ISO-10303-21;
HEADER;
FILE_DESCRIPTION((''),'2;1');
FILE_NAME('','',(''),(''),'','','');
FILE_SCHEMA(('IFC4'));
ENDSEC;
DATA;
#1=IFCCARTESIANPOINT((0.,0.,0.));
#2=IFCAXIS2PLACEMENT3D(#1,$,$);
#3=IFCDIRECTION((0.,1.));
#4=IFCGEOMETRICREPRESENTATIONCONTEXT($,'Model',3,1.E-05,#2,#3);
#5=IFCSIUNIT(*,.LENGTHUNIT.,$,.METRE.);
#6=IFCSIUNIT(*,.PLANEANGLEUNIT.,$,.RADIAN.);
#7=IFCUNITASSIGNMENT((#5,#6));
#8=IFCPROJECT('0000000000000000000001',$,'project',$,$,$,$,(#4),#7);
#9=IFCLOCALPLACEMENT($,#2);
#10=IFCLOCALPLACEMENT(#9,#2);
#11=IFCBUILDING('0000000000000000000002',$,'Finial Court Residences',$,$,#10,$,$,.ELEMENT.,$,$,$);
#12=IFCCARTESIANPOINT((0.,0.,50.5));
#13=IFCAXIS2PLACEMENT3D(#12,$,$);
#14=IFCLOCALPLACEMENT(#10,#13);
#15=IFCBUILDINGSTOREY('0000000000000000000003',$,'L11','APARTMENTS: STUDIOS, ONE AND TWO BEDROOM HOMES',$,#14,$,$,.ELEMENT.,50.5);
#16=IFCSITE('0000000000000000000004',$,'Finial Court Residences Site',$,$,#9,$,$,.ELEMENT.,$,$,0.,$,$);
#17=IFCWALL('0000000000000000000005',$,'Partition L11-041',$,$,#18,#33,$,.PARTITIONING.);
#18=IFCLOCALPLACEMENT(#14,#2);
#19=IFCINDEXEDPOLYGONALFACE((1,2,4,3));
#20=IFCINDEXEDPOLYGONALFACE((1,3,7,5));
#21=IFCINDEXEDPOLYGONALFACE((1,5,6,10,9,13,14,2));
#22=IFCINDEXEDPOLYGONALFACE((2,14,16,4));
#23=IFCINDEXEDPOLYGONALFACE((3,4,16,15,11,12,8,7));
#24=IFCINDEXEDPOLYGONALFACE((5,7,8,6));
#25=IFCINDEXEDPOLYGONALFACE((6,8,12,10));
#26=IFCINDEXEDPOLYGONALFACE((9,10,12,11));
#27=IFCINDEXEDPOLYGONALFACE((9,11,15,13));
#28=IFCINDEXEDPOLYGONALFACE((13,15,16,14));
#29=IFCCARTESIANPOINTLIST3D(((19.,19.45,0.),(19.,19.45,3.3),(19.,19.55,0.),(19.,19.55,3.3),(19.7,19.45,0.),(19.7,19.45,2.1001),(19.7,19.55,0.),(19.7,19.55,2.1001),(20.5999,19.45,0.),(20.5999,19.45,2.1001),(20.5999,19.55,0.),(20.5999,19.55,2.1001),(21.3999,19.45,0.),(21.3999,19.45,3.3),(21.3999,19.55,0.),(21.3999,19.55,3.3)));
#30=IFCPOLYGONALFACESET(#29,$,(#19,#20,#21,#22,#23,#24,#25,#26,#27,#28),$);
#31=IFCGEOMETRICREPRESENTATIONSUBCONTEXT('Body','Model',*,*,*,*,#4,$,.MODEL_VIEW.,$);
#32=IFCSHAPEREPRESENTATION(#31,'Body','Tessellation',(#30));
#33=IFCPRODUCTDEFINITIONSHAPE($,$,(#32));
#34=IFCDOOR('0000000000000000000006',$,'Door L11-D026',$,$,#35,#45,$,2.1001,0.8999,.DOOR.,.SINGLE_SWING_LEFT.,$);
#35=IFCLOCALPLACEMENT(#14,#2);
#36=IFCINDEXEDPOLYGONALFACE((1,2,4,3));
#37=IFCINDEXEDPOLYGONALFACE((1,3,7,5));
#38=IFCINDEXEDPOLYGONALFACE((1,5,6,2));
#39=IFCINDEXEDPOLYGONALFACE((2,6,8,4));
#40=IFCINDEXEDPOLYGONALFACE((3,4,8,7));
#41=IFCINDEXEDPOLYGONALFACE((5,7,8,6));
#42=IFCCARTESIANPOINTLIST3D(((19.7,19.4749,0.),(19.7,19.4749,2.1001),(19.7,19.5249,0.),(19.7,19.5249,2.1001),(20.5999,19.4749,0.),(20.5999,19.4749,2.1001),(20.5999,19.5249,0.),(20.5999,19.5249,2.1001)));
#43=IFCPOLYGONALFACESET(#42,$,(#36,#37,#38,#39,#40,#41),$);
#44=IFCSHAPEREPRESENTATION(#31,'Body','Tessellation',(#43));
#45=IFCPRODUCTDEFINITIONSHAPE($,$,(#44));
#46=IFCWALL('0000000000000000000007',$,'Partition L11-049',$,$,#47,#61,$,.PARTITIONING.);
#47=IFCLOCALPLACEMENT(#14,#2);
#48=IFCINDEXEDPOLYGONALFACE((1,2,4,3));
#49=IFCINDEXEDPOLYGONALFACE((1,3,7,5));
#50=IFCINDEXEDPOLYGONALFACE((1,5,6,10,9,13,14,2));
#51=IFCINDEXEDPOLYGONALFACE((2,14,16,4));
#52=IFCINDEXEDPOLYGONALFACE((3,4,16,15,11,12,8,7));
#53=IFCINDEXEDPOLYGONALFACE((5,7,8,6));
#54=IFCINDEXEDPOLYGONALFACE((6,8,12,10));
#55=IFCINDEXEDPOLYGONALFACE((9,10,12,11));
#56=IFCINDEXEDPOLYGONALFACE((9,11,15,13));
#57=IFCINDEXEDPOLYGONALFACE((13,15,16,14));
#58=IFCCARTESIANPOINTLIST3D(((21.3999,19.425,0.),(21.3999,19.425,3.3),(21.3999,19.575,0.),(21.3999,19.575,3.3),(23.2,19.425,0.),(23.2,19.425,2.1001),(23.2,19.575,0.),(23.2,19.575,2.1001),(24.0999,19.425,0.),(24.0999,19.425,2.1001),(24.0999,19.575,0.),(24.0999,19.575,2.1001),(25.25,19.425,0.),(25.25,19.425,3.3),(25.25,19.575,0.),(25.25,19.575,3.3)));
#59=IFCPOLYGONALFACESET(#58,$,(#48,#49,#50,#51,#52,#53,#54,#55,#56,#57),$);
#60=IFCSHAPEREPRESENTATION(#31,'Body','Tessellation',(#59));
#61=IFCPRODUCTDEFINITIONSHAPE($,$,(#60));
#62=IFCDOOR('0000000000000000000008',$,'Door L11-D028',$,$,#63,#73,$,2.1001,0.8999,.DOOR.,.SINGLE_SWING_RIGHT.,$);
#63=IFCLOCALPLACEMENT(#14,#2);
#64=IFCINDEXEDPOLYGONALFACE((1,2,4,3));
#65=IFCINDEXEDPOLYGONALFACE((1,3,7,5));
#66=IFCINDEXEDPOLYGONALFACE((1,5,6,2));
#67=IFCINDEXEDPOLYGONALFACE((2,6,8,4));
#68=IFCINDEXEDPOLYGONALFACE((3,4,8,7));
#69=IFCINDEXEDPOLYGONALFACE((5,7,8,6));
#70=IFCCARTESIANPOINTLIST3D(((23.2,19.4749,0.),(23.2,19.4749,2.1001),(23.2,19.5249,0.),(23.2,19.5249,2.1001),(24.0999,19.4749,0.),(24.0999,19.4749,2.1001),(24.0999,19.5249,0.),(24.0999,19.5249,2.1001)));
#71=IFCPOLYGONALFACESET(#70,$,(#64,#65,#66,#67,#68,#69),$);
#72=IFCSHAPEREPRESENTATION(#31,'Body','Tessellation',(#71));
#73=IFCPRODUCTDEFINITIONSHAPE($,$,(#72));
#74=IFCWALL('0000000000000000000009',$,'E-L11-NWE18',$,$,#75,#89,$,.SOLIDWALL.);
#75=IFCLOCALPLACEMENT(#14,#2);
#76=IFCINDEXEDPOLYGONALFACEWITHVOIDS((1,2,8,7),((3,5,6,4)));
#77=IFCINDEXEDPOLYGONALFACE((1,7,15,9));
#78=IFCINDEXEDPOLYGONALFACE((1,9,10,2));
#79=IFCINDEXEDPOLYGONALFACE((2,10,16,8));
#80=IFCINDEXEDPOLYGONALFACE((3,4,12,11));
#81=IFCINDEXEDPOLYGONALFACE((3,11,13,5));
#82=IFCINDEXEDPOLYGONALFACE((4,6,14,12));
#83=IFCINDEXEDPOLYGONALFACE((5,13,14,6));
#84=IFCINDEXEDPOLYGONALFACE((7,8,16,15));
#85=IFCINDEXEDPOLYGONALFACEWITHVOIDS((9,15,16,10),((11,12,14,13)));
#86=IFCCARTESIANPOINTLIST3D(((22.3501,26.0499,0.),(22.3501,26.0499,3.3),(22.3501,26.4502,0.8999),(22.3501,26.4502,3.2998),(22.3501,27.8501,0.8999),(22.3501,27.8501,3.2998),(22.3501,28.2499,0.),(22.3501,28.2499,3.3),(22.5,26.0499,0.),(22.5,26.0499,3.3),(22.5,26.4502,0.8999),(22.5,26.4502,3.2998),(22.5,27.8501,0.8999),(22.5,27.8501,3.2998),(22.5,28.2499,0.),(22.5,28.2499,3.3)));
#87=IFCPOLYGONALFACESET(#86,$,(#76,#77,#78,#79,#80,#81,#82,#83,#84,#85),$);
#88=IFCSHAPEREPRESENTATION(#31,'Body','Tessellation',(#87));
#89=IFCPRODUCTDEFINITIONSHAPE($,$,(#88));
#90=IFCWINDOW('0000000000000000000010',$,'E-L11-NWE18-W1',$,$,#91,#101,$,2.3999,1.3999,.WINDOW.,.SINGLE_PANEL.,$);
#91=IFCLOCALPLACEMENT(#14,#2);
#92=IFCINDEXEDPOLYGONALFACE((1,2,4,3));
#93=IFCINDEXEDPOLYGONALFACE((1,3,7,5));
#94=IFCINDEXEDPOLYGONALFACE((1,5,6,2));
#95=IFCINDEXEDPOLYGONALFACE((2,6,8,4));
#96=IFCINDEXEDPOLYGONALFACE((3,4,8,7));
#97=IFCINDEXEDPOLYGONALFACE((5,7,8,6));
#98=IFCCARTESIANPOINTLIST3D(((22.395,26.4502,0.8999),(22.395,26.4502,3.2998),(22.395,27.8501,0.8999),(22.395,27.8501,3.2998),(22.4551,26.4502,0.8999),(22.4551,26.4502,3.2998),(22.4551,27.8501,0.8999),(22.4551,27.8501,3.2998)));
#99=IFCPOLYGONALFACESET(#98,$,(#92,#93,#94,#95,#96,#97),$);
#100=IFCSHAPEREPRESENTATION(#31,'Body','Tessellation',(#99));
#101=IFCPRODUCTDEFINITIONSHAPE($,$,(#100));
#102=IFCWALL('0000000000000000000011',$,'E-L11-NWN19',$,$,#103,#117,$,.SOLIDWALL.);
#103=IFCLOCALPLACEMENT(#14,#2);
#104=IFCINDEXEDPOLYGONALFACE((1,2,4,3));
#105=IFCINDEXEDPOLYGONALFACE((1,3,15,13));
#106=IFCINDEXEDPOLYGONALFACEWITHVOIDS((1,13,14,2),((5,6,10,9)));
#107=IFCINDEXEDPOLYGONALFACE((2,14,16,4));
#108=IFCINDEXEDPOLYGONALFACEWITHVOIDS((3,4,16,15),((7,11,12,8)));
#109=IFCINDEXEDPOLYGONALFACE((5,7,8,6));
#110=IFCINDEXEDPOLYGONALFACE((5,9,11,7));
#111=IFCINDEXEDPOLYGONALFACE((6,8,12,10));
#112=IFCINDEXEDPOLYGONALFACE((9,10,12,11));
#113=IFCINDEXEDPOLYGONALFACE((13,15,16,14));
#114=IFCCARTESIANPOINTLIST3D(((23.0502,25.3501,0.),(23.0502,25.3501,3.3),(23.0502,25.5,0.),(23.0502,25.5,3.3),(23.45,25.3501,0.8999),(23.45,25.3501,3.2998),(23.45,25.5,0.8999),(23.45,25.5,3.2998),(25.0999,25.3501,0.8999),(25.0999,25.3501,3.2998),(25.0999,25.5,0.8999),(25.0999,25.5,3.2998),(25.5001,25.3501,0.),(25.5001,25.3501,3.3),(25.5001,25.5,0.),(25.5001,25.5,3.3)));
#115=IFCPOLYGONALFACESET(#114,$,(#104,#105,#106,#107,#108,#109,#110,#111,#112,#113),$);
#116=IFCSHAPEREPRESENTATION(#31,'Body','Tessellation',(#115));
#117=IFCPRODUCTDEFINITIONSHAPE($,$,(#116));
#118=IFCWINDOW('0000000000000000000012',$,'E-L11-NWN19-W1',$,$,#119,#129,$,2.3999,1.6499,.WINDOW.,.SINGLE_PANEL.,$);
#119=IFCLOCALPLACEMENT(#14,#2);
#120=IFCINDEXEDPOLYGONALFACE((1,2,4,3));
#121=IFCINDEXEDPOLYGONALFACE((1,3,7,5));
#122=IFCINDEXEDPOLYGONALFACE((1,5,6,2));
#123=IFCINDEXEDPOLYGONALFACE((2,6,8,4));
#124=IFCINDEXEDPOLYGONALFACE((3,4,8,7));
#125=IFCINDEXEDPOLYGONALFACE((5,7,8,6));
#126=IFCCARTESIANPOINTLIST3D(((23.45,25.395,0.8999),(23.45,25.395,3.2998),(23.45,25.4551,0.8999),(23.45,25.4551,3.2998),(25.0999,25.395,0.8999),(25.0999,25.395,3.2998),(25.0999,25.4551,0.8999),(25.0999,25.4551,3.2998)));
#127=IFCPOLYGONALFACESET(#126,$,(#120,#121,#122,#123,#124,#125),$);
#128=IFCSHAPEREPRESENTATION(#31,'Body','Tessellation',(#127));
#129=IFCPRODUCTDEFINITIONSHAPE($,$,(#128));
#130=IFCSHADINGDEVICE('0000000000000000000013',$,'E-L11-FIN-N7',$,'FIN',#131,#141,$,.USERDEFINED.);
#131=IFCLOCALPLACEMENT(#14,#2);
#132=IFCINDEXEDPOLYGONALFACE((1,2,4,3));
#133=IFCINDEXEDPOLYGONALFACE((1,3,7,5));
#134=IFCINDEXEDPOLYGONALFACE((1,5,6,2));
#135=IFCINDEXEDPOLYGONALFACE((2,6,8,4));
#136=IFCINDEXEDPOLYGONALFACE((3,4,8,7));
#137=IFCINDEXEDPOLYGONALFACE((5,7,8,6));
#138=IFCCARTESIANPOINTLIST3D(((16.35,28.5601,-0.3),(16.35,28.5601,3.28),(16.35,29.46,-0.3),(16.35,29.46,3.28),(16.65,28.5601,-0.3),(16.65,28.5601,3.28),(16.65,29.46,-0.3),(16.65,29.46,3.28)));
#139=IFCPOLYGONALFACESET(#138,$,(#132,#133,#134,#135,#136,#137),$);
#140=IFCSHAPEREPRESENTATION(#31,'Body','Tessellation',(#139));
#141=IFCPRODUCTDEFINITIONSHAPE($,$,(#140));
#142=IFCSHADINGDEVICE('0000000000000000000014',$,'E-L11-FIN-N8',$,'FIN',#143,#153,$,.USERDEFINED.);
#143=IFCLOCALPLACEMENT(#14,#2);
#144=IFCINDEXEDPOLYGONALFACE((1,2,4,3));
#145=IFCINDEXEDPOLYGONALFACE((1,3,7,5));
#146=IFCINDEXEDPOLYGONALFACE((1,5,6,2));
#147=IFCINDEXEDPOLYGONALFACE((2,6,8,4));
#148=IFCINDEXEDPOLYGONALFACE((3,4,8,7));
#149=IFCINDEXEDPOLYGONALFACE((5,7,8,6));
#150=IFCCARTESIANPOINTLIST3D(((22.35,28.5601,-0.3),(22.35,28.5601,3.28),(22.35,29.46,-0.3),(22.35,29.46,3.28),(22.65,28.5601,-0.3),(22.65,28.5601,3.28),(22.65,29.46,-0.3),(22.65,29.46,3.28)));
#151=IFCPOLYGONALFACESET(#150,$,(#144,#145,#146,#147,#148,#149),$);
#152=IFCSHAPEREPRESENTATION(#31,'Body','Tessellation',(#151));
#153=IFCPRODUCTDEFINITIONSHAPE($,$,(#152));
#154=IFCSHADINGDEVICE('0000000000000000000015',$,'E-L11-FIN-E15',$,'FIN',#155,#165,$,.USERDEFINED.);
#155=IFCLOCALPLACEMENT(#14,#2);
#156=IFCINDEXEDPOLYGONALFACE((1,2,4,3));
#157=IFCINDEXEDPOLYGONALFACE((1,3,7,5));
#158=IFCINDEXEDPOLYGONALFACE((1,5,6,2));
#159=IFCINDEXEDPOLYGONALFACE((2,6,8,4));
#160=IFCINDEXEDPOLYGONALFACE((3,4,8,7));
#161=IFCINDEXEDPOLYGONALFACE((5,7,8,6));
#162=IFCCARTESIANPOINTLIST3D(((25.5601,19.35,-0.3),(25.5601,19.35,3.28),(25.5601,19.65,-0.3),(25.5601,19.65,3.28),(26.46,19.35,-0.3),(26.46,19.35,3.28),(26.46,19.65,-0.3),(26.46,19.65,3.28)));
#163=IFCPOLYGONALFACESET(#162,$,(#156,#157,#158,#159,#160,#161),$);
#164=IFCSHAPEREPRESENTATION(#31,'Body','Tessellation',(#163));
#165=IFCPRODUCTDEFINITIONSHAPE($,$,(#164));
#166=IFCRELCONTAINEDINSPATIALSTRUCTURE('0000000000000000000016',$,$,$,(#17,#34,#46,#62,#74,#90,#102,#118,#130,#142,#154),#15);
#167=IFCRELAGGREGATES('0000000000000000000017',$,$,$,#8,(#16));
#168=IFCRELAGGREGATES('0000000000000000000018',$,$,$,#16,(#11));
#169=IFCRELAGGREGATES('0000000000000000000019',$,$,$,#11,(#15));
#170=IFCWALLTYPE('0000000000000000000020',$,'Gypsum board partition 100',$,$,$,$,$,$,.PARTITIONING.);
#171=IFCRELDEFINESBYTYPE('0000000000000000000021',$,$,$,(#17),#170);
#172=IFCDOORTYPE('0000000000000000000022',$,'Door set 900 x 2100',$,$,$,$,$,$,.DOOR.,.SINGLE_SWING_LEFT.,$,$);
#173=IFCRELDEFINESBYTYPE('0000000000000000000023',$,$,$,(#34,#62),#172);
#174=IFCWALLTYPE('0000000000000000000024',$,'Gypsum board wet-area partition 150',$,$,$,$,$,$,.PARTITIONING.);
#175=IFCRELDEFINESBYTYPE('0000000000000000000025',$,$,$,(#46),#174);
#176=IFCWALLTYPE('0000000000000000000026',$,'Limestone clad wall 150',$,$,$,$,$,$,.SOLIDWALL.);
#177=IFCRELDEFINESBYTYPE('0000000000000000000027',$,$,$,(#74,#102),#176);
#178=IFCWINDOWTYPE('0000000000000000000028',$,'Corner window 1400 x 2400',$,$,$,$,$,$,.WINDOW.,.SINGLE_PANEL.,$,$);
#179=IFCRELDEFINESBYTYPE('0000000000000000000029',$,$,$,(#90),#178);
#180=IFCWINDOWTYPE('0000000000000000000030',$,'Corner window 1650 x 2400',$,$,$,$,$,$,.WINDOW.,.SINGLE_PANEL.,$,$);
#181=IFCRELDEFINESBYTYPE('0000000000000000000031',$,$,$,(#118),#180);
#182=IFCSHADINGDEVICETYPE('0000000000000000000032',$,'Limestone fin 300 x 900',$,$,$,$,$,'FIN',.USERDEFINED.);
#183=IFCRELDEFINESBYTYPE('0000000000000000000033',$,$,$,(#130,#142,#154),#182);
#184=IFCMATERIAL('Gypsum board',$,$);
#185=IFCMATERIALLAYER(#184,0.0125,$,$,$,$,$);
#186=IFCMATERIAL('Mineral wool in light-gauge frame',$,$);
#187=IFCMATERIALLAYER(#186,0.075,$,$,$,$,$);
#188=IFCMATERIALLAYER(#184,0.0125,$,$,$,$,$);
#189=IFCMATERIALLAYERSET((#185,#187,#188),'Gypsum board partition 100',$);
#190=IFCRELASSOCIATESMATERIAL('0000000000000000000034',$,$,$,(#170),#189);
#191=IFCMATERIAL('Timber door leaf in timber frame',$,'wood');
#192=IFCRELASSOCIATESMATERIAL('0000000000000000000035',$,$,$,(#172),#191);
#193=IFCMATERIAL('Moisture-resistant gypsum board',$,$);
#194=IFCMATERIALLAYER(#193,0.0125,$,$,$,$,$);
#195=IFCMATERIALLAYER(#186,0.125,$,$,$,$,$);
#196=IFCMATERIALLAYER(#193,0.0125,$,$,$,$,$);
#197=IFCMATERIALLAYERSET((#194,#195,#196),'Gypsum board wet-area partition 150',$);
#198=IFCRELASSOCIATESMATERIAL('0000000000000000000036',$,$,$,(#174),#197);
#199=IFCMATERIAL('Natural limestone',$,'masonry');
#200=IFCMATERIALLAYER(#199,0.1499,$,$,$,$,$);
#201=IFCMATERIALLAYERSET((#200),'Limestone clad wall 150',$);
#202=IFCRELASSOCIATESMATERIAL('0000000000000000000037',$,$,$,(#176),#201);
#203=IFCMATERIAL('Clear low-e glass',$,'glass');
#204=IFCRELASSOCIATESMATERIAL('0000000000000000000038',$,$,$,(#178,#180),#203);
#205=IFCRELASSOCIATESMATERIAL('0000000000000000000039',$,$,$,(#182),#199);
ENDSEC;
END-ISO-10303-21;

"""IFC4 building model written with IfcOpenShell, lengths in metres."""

from ifc_helpers import new_model, si_unit, direction, frame, frame_2d, origin, origin_2d, place, context, subcontext, project, spatial, rectangle, extrude, material, layer, layer_set, type_object, element, fill, save


model = new_model("IFC4")

# Units and contexts
model_context = context("Model", 3, precision=1e-05, world=origin(), true_north=direction((0.0, 1.0)))
body_context = subcontext(model_context, "Body", "Model", "MODEL_VIEW")
ifc_project = project(units=[si_unit("LENGTHUNIT", "METRE"), si_unit("PLANEANGLEUNIT", "RADIAN")], contexts=[model_context])

# Site, building, storey
site_placement = place(None, origin())
site = spatial("IfcSite", under=ifc_project, at=site_placement, Name="Finial Court Residences Site", CompositionType="ELEMENT", RefElevation=0.0)
building_placement = place(site_placement, origin())
building = spatial("IfcBuilding", under=site, at=building_placement, Name="Finial Court Residences", CompositionType="ELEMENT")
storey_placement = place(building_placement, frame((0.0, 0.0, 50.5)))
storey = spatial("IfcBuildingStorey", under=building, at=storey_placement, Name="L11", Description="APARTMENTS: STUDIOS, ONE AND TWO BEDROOM HOMES", CompositionType="ELEMENT", Elevation=50.5)

# Shared definitions
ifc_material_1 = material(Name="Clear low-e glass", Category="glass")

# Shared definitions
ifc_material_2 = material(Name="Gypsum board")

# Walls, openings, doors
ifc_layer_1 = layer(ifc_material_2, 0.0125)
ifc_material_3 = material(Name="Mineral wool in light-gauge frame")
ifc_layer_2 = layer(ifc_material_3, 0.075)
ifc_layer_3 = layer(ifc_material_2, 0.0125)
ifc_layer_set_1 = layer_set([ifc_layer_1, ifc_layer_2, ifc_layer_3], Name="Gypsum board partition 100")
wall_type_1 = type_object("IfcWallType", Name="Gypsum board partition 100", PredefinedType="PARTITIONING", material=ifc_layer_set_1)
wall_1_placement = place(storey_placement, frame((19.0, 19.5, 0.0), z_axis=(0.0, 0.0, 1.0), x_axis=(1.0, 0.0, 0.0)))
wall_1 = element("IfcWall", 1, at=wall_1_placement, inside=storey, type_object=wall_type_1, Name="Partition L11-041", PredefinedType="PARTITIONING", context=body_context, shape_type="SweptSolid", body=[
    extrude(rectangle(XDim=2.3999, YDim=0.1001, at=frame_2d((1.2, 0.0))), origin(), (0.0, 0.0, 1.0), 3.3),
])
opening_1_placement = place(wall_1_placement, frame((0.7, 0.0, 0.0)))
opening_1 = element("IfcOpeningElement", 2, at=opening_1_placement, cuts=wall_1, PredefinedType="OPENING", context=body_context, shape_type="SweptSolid", body=[
    extrude(rectangle(XDim=0.8999, YDim=2.1001, at=frame_2d((0.45, 1.05))), frame((0.0, 0.0601, 0.0), z_axis=(0.0, -1.0, 0.0), x_axis=(1.0, 0.0, 0.0)), (0.0, 0.0, 1.0), 0.1201),
])
ifc_material_4 = material(Name="Timber door leaf in timber frame", Category="wood")
door_type = type_object("IfcDoorType", Name="Door set 900 x 2100", OperationType="SINGLE_SWING_LEFT", PredefinedType="DOOR", material=ifc_material_4)
door_1_placement = place(opening_1_placement, origin())
door_1 = element("IfcDoor", 3, at=door_1_placement, inside=storey, type_object=door_type, Name="Door L11-D026", OperationType="SINGLE_SWING_LEFT", OverallHeight=2.1001, OverallWidth=0.8999, PredefinedType="DOOR", context=body_context, shape_type="SweptSolid", body=[
    extrude(rectangle(XDim=0.8999, YDim=2.1001, at=frame_2d((0.45, 1.05))), frame((0.0, 0.0249, 0.0), z_axis=(0.0, -1.0, 0.0), x_axis=(1.0, 0.0, 0.0)), (0.0, 0.0, 1.0), 0.05),
])
fill(opening_1, door_1)
ifc_material_5 = material(Name="Moisture-resistant gypsum board")
ifc_layer_4 = layer(ifc_material_5, 0.0125)
ifc_layer_5 = layer(ifc_material_3, 0.125)
ifc_layer_6 = layer(ifc_material_5, 0.0125)
ifc_layer_set_2 = layer_set([ifc_layer_4, ifc_layer_5, ifc_layer_6], Name="Gypsum board wet-area partition 150")
wall_type_2 = type_object("IfcWallType", Name="Gypsum board wet-area partition 150", PredefinedType="PARTITIONING", material=ifc_layer_set_2)
wall_2_placement = place(storey_placement, frame((21.3999, 19.5, 0.0), z_axis=(0.0, 0.0, 1.0), x_axis=(1.0, 0.0, 0.0)))
wall_2 = element("IfcWall", 4, at=wall_2_placement, inside=storey, type_object=wall_type_2, Name="Partition L11-049", PredefinedType="PARTITIONING", context=body_context, shape_type="SweptSolid", body=[
    extrude(rectangle(XDim=3.8501, YDim=0.1499, at=frame_2d((1.925, 0.0))), origin(), (0.0, 0.0, 1.0), 3.3),
])
opening_2_placement = place(wall_2_placement, frame((1.8, 0.0, 0.0)))
opening_2 = element("IfcOpeningElement", 5, at=opening_2_placement, cuts=wall_2, PredefinedType="OPENING", context=body_context, shape_type="SweptSolid", body=[
    extrude(rectangle(XDim=0.8999, YDim=2.1001, at=frame_2d((0.45, 1.05))), frame((0.0, 0.085, 0.0), z_axis=(0.0, -1.0, 0.0), x_axis=(1.0, 0.0, 0.0)), (0.0, 0.0, 1.0), 0.1699),
])
door_2_placement = place(opening_2_placement, origin())
door_2 = element("IfcDoor", 6, at=door_2_placement, inside=storey, type_object=door_type, Name="Door L11-D028", OperationType="SINGLE_SWING_RIGHT", OverallHeight=2.1001, OverallWidth=0.8999, PredefinedType="DOOR", context=body_context, shape_type="SweptSolid", body=[
    extrude(rectangle(XDim=0.8999, YDim=2.1001, at=frame_2d((0.45, 1.05))), frame((0.0, 0.0249, 0.0), z_axis=(0.0, -1.0, 0.0), x_axis=(1.0, 0.0, 0.0)), (0.0, 0.0, 1.0), 0.05),
])
fill(opening_2, door_2)

# Walls, openings, windows
ifc_material_6 = material(Name="Natural limestone", Category="masonry")
ifc_layer_7 = layer(ifc_material_6, 0.1499)
ifc_layer_set_3 = layer_set([ifc_layer_7], Name="Limestone clad wall 150")
wall_type_3 = type_object("IfcWallType", Name="Limestone clad wall 150", PredefinedType="SOLIDWALL", material=ifc_layer_set_3)
wall_3_placement = place(storey_placement, frame((22.425, 28.25, 0.0), z_axis=(0.0, 0.0, 1.0), x_axis=(0.0, -1.0, 0.0)))
wall_3 = element("IfcWall", 7, at=wall_3_placement, inside=storey, type_object=wall_type_3, Name="E-L11-NWE18", PredefinedType="SOLIDWALL", context=body_context, shape_type="SweptSolid", body=[
    extrude(rectangle(XDim=2.2, YDim=0.1499, at=frame_2d((1.1001, 0.0))), origin(), (0.0, 0.0, 1.0), 3.3),
])
opening_3_placement = place(wall_3_placement, frame((0.3999, 0.0, 0.8999)))
opening_3 = element("IfcOpeningElement", 8, at=opening_3_placement, cuts=wall_3, PredefinedType="OPENING", context=body_context, shape_type="SweptSolid", body=[
    extrude(rectangle(XDim=1.3999, YDim=2.3999, at=frame_2d((0.7, 1.2))), frame((0.0, 0.085, 0.0), z_axis=(0.0, -1.0, 0.0), x_axis=(1.0, 0.0, 0.0)), (0.0, 0.0, 1.0), 0.1699),
])
window_type_1 = type_object("IfcWindowType", Name="Corner window 1400 x 2400", PartitioningType="SINGLE_PANEL", PredefinedType="WINDOW", material=ifc_material_1)
window_1_placement = place(opening_3_placement, origin())
window_1 = element("IfcWindow", 9, at=window_1_placement, inside=storey, type_object=window_type_1, Name="E-L11-NWE18-W1", OverallHeight=2.3999, OverallWidth=1.3999, PartitioningType="SINGLE_PANEL", PredefinedType="WINDOW", context=body_context, shape_type="SweptSolid", body=[
    extrude(rectangle(XDim=1.3999, YDim=2.3999, at=frame_2d((0.7, 1.2))), frame((0.0, 0.03, 0.0), z_axis=(0.0, -1.0, 0.0), x_axis=(1.0, 0.0, 0.0)), (0.0, 0.0, 1.0), 0.0601),
])
fill(opening_3, window_1)
wall_4_placement = place(storey_placement, frame((23.05, 25.425, 0.0), z_axis=(0.0, 0.0, 1.0), x_axis=(1.0, 0.0, 0.0)))
wall_4 = element("IfcWall", 10, at=wall_4_placement, inside=storey, type_object=wall_type_3, Name="E-L11-NWN19", PredefinedType="SOLIDWALL", context=body_context, shape_type="SweptSolid", body=[
    extrude(rectangle(XDim=2.45, YDim=0.1499, at=frame_2d((1.2251, 0.0))), origin(), (0.0, 0.0, 1.0), 3.3),
])
opening_4_placement = place(wall_4_placement, frame((0.3999, 0.0, 0.8999)))
opening_4 = element("IfcOpeningElement", 11, at=opening_4_placement, cuts=wall_4, PredefinedType="OPENING", context=body_context, shape_type="SweptSolid", body=[
    extrude(rectangle(XDim=1.6499, YDim=2.3999, at=frame_2d((0.825, 1.2))), frame((0.0, 0.085, 0.0), z_axis=(0.0, -1.0, 0.0), x_axis=(1.0, 0.0, 0.0)), (0.0, 0.0, 1.0), 0.1699),
])
window_type_2 = type_object("IfcWindowType", Name="Corner window 1650 x 2400", PartitioningType="SINGLE_PANEL", PredefinedType="WINDOW", material=ifc_material_1)
window_2_placement = place(opening_4_placement, origin())
window_2 = element("IfcWindow", 12, at=window_2_placement, inside=storey, type_object=window_type_2, Name="E-L11-NWN19-W1", OverallHeight=2.3999, OverallWidth=1.6499, PartitioningType="SINGLE_PANEL", PredefinedType="WINDOW", context=body_context, shape_type="SweptSolid", body=[
    extrude(rectangle(XDim=1.6499, YDim=2.3999, at=frame_2d((0.825, 1.2))), frame((0.0, 0.03, 0.0), z_axis=(0.0, -1.0, 0.0), x_axis=(1.0, 0.0, 0.0)), (0.0, 0.0, 1.0), 0.0601),
])
fill(opening_4, window_2)

# Shading devices
shading_device_type = type_object("IfcShadingDeviceType", Name="Limestone fin 300 x 900", ElementType="FIN", PredefinedType="USERDEFINED", material=ifc_material_6)
for number, where, z_axis, x_axis, name in (
    (13, (16.5, 29.01, -0.3), (0.0, 0.0, 1.0), (1.0, 0.0, 0.0), "E-L11-FIN-N7"),
    (14, (22.5, 29.01, -0.3), (0.0, 0.0, 1.0), (1.0, 0.0, 0.0), "E-L11-FIN-N8"),
):
    element("IfcShadingDevice", number, at=place(storey_placement, frame(where, z_axis=z_axis, x_axis=x_axis)), inside=storey, type_object=shading_device_type, Name=name, ObjectType="FIN", PredefinedType="USERDEFINED", context=body_context, shape_type="SweptSolid", body=[
        extrude(rectangle(XDim=0.3, YDim=0.8999, at=origin_2d()), origin(), (0.0, 0.0, 1.0), 3.5801),
    ])
for number, where, z_axis, x_axis, name in (
    (15, (26.01, 19.5, -0.3), (0.0, 0.0, 1.0), (1.0, 0.0, 0.0), "E-L11-FIN-E15"),
):
    element("IfcShadingDevice", number, at=place(storey_placement, frame(where, z_axis=z_axis, x_axis=x_axis)), inside=storey, type_object=shading_device_type, Name=name, ObjectType="FIN", PredefinedType="USERDEFINED", context=body_context, shape_type="SweptSolid", body=[
        extrude(rectangle(XDim=0.8999, YDim=0.3, at=origin_2d()), origin(), (0.0, 0.0, 1.0), 3.5801),
    ])

save(model, "model.ifc")
